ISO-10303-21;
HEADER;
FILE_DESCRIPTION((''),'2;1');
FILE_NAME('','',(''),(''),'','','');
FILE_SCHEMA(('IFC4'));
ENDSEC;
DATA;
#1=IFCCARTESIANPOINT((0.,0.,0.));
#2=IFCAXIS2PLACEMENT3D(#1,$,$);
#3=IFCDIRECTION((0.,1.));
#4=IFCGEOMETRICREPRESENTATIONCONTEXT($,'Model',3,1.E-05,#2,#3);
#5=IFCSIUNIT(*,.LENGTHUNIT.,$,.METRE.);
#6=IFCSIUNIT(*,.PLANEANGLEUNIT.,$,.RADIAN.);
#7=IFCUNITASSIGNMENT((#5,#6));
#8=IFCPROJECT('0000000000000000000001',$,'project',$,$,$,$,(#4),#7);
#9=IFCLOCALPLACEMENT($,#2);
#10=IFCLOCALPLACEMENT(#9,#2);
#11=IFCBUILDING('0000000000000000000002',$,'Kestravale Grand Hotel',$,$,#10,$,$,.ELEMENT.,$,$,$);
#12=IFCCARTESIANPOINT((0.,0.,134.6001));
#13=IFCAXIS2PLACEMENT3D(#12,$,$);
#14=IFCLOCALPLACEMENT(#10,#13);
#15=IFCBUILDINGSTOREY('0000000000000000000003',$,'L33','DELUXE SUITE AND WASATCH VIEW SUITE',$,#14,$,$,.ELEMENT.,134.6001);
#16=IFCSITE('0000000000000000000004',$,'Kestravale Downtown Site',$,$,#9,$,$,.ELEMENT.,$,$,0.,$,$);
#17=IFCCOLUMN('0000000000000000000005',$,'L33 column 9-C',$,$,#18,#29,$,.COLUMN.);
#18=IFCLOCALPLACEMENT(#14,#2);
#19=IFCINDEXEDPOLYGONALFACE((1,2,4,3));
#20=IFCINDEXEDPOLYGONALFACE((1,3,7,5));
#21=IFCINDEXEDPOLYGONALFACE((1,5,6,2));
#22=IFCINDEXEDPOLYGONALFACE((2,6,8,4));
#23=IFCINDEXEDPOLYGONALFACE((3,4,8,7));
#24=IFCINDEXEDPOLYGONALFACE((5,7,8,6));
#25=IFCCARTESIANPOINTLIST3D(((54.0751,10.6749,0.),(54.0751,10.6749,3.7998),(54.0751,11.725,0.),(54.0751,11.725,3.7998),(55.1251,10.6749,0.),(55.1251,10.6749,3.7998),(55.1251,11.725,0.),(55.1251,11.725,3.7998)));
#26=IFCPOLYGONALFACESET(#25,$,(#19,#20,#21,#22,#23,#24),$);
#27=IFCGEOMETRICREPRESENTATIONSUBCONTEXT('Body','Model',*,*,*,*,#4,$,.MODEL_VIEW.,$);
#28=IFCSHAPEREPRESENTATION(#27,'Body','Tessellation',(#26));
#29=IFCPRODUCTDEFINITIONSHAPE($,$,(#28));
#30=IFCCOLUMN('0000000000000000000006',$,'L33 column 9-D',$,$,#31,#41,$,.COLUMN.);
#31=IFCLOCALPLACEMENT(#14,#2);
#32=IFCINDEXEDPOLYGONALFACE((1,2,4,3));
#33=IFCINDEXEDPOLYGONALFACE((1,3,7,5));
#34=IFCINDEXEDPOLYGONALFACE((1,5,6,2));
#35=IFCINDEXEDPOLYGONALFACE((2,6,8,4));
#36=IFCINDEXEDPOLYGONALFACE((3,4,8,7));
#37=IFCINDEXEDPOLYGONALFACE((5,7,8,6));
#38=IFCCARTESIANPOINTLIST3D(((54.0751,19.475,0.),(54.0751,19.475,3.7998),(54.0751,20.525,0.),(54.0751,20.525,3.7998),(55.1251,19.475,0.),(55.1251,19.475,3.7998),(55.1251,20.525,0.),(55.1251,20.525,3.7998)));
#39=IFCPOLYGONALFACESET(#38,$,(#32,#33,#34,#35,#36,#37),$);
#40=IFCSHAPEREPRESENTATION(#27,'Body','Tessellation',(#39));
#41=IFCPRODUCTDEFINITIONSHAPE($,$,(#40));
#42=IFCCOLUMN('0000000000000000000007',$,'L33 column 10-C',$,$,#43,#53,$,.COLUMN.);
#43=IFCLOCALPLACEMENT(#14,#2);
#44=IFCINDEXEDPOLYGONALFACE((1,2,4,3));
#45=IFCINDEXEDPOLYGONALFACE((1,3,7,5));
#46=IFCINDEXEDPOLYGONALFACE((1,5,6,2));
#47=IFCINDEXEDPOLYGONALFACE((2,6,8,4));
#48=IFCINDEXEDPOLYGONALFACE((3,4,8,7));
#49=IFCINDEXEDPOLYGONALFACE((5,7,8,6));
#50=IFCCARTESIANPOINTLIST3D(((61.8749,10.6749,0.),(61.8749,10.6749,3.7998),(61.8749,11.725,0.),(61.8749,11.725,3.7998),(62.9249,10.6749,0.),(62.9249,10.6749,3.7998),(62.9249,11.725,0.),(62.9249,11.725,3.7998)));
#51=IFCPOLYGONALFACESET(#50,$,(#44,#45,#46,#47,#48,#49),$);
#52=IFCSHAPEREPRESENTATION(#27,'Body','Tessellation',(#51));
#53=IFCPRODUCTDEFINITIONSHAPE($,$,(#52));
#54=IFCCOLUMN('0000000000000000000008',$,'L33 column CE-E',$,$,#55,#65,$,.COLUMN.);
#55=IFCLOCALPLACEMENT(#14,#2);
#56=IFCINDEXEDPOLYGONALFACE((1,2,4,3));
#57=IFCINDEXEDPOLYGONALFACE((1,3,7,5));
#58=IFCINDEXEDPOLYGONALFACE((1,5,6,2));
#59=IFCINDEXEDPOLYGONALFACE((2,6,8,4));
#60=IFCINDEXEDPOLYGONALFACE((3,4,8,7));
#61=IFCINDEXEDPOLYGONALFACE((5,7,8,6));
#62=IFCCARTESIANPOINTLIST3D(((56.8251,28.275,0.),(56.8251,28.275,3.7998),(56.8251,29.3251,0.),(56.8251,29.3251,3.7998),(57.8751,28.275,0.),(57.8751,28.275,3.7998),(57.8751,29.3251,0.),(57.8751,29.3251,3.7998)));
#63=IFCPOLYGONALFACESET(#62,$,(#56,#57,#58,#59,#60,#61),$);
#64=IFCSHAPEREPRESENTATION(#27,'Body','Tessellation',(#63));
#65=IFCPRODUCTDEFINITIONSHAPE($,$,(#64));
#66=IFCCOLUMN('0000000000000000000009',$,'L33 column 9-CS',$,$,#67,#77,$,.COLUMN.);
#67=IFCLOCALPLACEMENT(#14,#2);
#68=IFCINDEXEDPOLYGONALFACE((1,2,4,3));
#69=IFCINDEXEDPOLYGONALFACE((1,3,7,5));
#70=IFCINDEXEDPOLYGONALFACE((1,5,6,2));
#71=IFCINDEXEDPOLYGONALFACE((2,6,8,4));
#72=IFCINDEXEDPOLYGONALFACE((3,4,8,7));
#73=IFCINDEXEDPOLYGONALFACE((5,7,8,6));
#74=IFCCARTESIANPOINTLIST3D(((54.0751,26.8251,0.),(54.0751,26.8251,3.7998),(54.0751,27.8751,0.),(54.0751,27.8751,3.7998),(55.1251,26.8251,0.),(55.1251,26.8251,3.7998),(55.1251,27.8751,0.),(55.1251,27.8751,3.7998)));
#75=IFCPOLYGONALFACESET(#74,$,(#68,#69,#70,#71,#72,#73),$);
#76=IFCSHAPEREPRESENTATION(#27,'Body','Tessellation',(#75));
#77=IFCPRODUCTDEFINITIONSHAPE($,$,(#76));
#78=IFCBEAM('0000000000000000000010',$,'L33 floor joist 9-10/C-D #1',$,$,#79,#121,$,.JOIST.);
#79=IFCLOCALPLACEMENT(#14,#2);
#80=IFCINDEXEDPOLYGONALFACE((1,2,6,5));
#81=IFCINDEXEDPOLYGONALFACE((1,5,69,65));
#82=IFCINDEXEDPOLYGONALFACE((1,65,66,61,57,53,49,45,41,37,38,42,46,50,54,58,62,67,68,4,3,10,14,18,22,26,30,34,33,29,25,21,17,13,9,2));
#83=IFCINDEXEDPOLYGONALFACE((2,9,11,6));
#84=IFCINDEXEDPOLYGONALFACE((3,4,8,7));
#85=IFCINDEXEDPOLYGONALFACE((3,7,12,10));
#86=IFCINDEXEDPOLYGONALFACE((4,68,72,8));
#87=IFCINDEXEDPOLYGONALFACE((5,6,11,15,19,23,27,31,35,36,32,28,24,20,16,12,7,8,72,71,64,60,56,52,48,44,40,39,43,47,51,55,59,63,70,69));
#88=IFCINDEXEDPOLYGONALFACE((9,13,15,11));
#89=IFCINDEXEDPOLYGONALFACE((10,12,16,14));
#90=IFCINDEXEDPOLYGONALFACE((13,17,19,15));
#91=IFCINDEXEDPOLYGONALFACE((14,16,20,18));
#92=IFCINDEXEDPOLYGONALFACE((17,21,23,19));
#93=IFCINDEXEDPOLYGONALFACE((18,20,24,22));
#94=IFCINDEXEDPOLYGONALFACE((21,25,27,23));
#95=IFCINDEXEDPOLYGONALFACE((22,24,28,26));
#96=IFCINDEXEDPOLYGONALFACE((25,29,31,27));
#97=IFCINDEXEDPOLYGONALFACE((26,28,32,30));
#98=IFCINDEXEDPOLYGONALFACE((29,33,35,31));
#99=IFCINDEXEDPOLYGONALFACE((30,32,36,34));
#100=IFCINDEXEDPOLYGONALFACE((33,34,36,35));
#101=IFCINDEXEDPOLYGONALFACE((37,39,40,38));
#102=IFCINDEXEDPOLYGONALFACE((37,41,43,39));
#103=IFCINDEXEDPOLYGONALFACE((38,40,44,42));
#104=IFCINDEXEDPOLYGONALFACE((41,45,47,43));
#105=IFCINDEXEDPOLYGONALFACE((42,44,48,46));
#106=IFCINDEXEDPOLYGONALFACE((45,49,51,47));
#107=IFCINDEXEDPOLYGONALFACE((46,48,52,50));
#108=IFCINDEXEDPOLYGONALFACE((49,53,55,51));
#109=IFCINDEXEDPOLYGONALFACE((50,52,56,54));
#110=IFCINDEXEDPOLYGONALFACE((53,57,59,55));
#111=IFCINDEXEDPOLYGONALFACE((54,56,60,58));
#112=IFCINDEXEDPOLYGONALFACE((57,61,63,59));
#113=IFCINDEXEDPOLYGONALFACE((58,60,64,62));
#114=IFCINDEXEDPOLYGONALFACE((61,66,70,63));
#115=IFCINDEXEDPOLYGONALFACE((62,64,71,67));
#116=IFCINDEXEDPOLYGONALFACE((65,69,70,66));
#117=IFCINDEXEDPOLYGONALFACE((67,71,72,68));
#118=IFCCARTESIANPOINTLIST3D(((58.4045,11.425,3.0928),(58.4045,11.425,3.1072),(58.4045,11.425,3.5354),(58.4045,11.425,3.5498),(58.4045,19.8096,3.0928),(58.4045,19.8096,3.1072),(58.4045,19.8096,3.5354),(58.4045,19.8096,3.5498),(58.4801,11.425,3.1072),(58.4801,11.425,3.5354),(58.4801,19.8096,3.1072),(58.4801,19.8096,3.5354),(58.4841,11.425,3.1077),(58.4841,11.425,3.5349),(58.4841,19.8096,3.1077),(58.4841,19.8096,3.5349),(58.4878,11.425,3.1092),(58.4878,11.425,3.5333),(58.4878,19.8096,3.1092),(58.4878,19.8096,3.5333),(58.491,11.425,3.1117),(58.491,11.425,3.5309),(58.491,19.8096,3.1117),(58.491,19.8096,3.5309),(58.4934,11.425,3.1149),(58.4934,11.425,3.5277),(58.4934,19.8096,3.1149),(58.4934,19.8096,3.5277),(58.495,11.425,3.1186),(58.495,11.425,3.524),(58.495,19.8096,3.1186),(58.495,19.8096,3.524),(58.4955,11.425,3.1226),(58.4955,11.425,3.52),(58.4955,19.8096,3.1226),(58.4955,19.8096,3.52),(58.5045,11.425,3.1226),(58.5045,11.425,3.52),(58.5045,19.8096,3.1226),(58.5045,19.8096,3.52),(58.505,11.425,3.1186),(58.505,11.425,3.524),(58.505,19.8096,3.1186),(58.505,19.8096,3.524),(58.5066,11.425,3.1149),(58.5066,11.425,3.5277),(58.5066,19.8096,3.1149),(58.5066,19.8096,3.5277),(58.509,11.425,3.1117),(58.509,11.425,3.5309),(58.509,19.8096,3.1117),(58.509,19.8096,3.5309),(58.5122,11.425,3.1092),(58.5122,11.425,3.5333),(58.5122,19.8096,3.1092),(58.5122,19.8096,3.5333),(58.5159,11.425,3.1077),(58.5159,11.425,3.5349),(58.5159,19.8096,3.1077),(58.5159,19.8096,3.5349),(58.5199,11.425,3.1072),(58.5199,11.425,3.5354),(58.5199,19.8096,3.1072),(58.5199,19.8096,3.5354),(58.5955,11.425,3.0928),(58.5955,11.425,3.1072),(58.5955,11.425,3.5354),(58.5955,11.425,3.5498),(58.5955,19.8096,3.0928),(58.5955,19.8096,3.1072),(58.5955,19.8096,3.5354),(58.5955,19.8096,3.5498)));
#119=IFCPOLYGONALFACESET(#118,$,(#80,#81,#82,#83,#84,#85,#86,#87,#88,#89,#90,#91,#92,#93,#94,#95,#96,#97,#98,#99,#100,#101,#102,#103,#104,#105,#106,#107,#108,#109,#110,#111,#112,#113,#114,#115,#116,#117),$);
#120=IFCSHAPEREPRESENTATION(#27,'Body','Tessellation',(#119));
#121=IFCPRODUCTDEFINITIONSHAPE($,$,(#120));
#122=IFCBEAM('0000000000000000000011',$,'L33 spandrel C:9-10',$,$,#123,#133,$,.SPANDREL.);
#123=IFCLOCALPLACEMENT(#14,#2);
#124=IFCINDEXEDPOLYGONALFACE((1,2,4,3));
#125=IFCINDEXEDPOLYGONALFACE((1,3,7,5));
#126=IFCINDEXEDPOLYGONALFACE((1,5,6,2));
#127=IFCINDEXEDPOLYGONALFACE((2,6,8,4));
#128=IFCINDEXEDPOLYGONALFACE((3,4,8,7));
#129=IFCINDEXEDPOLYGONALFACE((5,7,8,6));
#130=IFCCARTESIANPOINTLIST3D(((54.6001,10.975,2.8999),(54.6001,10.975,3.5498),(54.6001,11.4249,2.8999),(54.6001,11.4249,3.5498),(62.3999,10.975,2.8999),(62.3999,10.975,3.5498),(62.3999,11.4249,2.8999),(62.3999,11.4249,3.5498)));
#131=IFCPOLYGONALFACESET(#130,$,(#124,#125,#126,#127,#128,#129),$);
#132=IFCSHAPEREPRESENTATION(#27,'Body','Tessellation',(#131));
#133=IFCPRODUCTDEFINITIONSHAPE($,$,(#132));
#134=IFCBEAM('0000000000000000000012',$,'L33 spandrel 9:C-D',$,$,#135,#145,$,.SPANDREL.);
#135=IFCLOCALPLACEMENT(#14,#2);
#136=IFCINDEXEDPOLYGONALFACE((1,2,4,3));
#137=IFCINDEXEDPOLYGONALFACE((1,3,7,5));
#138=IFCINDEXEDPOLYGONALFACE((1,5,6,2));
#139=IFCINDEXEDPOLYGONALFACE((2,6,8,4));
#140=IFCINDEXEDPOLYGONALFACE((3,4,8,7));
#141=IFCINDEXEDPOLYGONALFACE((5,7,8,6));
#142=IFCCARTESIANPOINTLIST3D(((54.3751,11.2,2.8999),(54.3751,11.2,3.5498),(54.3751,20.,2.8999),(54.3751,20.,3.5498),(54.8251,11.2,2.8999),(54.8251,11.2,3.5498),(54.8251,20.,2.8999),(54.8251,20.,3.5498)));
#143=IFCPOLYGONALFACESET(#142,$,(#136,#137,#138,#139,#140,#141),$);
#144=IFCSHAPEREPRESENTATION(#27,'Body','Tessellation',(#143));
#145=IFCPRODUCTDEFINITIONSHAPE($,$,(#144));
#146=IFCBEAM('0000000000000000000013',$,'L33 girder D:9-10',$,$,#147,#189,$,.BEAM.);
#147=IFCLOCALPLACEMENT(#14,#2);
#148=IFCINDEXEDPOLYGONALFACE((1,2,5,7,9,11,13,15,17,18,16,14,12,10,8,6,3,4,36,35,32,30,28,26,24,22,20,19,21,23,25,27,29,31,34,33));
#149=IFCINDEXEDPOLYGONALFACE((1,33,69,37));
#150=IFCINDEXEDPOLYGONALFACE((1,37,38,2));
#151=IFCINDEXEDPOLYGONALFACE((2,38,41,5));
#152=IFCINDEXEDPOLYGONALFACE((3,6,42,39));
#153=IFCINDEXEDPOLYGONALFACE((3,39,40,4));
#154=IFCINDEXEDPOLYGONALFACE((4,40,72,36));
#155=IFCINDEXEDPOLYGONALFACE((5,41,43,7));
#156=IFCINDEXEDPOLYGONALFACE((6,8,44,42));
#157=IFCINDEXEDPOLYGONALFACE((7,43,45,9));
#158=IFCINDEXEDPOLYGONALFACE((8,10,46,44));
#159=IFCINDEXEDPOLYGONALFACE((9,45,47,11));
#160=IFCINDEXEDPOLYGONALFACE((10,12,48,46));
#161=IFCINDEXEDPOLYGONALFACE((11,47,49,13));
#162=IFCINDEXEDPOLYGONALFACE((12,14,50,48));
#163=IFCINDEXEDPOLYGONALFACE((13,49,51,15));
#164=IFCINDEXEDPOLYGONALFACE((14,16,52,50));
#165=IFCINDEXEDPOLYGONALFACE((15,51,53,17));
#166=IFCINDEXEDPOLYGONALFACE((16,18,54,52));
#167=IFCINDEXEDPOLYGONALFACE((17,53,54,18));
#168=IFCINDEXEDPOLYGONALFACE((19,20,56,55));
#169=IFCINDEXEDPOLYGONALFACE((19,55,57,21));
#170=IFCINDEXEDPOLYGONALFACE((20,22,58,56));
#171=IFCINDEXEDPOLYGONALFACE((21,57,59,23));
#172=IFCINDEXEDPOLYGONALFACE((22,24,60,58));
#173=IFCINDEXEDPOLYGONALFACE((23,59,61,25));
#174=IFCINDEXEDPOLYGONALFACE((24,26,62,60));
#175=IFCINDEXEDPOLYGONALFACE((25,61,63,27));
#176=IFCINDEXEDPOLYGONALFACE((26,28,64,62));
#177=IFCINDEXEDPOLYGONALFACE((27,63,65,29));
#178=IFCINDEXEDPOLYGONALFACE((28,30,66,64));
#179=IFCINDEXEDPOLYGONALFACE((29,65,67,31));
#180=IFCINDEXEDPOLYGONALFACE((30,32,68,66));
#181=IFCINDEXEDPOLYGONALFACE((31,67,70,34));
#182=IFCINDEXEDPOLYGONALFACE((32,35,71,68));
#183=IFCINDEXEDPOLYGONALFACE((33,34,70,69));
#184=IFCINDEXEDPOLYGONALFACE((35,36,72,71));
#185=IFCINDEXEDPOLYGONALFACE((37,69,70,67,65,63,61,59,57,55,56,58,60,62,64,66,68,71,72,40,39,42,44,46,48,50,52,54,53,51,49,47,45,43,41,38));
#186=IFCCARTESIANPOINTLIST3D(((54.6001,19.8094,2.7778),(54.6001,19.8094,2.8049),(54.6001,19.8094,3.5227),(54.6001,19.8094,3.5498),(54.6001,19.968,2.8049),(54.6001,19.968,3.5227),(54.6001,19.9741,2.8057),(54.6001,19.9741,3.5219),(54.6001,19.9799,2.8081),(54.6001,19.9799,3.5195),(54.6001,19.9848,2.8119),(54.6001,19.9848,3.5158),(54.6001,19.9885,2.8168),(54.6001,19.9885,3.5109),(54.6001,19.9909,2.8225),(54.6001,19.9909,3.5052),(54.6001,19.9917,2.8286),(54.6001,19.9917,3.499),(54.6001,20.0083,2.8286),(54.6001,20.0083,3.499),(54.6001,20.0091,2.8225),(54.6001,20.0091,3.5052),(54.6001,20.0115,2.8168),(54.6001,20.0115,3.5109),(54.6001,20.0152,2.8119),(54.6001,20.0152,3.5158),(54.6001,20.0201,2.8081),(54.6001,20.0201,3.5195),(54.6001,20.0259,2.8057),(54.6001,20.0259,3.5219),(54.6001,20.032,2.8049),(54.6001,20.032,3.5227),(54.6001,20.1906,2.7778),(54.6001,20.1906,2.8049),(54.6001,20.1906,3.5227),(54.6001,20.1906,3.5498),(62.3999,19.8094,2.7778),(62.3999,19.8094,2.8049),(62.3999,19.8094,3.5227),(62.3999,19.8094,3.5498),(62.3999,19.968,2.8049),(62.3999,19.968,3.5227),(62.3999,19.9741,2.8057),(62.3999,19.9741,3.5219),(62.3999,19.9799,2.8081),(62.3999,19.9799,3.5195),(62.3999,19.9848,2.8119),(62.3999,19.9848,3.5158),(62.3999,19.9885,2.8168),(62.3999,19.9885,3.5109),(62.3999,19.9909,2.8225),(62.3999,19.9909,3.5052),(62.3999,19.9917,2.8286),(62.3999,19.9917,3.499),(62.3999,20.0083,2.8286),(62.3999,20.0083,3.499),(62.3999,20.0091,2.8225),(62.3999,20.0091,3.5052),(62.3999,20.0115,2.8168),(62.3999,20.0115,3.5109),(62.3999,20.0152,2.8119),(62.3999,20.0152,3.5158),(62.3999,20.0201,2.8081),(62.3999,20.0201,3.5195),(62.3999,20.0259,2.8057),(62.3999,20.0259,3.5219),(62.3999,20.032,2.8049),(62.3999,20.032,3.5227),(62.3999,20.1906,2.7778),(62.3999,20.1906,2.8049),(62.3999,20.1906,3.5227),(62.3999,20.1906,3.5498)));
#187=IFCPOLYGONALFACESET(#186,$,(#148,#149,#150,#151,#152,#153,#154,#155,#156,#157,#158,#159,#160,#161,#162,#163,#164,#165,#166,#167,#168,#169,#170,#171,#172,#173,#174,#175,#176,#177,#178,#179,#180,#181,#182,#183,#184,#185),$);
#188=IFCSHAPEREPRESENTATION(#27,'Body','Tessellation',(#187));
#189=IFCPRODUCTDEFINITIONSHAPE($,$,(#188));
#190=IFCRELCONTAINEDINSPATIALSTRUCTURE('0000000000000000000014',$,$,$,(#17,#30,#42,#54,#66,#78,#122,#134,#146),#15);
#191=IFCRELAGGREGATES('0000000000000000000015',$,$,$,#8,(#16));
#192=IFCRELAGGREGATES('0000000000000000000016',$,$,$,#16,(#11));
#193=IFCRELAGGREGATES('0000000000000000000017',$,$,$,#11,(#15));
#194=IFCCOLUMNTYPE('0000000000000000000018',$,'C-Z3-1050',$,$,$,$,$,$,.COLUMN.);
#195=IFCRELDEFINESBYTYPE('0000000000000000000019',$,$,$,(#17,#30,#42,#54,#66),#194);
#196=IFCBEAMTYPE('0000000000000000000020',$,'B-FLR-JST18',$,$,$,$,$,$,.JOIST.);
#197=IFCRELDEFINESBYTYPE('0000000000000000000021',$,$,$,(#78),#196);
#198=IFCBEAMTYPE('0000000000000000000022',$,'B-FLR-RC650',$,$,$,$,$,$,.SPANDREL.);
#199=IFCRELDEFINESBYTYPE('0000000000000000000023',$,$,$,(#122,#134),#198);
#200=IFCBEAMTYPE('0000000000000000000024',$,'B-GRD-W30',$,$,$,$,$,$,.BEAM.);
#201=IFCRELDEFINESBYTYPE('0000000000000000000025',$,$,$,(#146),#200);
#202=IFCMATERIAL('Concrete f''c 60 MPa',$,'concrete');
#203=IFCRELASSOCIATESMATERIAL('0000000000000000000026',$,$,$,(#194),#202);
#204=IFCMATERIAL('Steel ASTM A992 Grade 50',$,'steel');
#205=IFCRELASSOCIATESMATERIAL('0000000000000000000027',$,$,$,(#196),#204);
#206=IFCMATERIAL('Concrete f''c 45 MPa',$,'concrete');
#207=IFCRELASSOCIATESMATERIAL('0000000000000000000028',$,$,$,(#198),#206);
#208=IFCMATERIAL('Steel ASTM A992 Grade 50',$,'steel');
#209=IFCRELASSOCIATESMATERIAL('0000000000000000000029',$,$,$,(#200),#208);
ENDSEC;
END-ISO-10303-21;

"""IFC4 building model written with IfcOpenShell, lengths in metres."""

from ifc_helpers import new_model, si_unit, direction, frame, origin, origin_2d, place, context, subcontext, project, spatial, rectangle, i_section, extrude, material, material_profile, profile_set, type_object, element, save


model = new_model("IFC4")

# Units and contexts
model_context = context("Model", 3, precision=1e-05, world=origin(), true_north=direction((0.0, 1.0)))
body_context = subcontext(model_context, "Body", "Model", "MODEL_VIEW")
ifc_project = project(units=[si_unit("LENGTHUNIT", "METRE"), si_unit("PLANEANGLEUNIT", "RADIAN")], contexts=[model_context])

# Site, building, storey
site_placement = place(None, origin())
site = spatial("IfcSite", under=ifc_project, at=site_placement, Name="Kestravale Downtown Site", CompositionType="ELEMENT", RefElevation=0.0)
building_placement = place(site_placement, origin())
building = spatial("IfcBuilding", under=site, at=building_placement, Name="Kestravale Grand Hotel", CompositionType="ELEMENT")
storey_placement = place(building_placement, frame((0.0, 0.0, 134.6001)))
storey = spatial("IfcBuildingStorey", under=building, at=storey_placement, Name="L33", Description="DELUXE SUITE AND WASATCH VIEW SUITE", CompositionType="ELEMENT", Elevation=134.6001)

# Columns
ifc_material_1 = material(Name="Concrete f'c 60 MPa", Category="concrete")
ifc_material_profile_1 = material_profile(ifc_material_1, rectangle(XDim=1.05, YDim=1.05, at=origin_2d()))
ifc_profile_set_1 = profile_set([ifc_material_profile_1], Name="Concrete f'c 60 MPa")
column_type = type_object("IfcColumnType", Name="C-Z3-1050", PredefinedType="COLUMN", material=ifc_profile_set_1)
for number, where, z_axis, x_axis, name in (
    (1, (54.6001, 11.2, 0.0), (0.0, 0.0, 1.0), (1.0, 0.0, 0.0), "L33 column 9-C"),
    (2, (54.6001, 20.0, 0.0), (0.0, 0.0, 1.0), (1.0, 0.0, 0.0), "L33 column 9-D"),
    (3, (62.3999, 11.2, 0.0), (0.0, 0.0, 1.0), (1.0, 0.0, 0.0), "L33 column 10-C"),
    (4, (57.3501, 28.8, 0.0), (0.0, 0.0, 1.0), (1.0, 0.0, 0.0), "L33 column CE-E"),
    (5, (54.6001, 27.3501, 0.0), (0.0, 0.0, 1.0), (1.0, 0.0, 0.0), "L33 column 9-CS"),
):
    element("IfcColumn", number, at=place(storey_placement, frame(where, z_axis=z_axis, x_axis=x_axis)), inside=storey, type_object=column_type, Name=name, PredefinedType="COLUMN", context=body_context, shape_type="SweptSolid", body=[
        extrude(rectangle(XDim=1.05, YDim=1.05, at=origin_2d()), origin(), (0.0, 0.0, 1.0), 3.7998),
    ])

# Beams
ifc_material_2 = material(Name="Steel ASTM A992 Grade 50", Category="steel")
ifc_material_profile_2 = material_profile(ifc_material_2, i_section(OverallWidth=0.1909, OverallDepth=0.457, WebThickness=0.009, FlangeThickness=0.0144, FilletRadius=0.0154, at=origin_2d()))
ifc_profile_set_2 = profile_set([ifc_material_profile_2], Name="Steel ASTM A992 Grade 50")
beam_type_1 = type_object("IfcBeamType", Name="B-FLR-JST18", PredefinedType="JOIST", material=ifc_profile_set_2)
beam_1_placement = place(storey_placement, frame((58.5, 11.425, 3.3213), z_axis=(0.0, 1.0, 0.0), x_axis=(-1.0, 0.0, 0.0)))
element("IfcBeam", 6, at=beam_1_placement, inside=storey, type_object=beam_type_1, Name="L33 floor joist 9-10/C-D #1", PredefinedType="JOIST", context=body_context, shape_type="SweptSolid", body=[
    extrude(i_section(OverallWidth=0.1909, OverallDepth=0.457, WebThickness=0.009, FlangeThickness=0.0144, FilletRadius=0.0154, at=origin_2d()), origin(), (0.0, 0.0, 1.0), 8.3845),
])
ifc_material_3 = material(Name="Concrete f'c 45 MPa", Category="concrete")
ifc_material_profile_3 = material_profile(ifc_material_3, rectangle(XDim=0.45, YDim=0.6499, at=origin_2d()))
ifc_profile_set_3 = profile_set([ifc_material_profile_3], Name="Concrete f'c 45 MPa")
beam_type_2 = type_object("IfcBeamType", Name="B-FLR-RC650", PredefinedType="SPANDREL", material=ifc_profile_set_3)
beam_2_placement = place(storey_placement, frame((54.6001, 11.2, 3.2249), z_axis=(1.0, 0.0, 0.0), x_axis=(0.0, 1.0, 0.0)))
element("IfcBeam", 7, at=beam_2_placement, inside=storey, type_object=beam_type_2, Name="L33 spandrel C:9-10", PredefinedType="SPANDREL", context=body_context, shape_type="SweptSolid", body=[
    extrude(rectangle(XDim=0.45, YDim=0.6499, at=origin_2d()), origin(), (0.0, 0.0, 1.0), 7.7998),
])
beam_3_placement = place(storey_placement, frame((54.6001, 11.2, 3.2249), z_axis=(0.0, 1.0, 0.0), x_axis=(-1.0, 0.0, 0.0)))
element("IfcBeam", 8, at=beam_3_placement, inside=storey, type_object=beam_type_2, Name="L33 spandrel 9:C-D", PredefinedType="SPANDREL", context=body_context, shape_type="SweptSolid", body=[
    extrude(rectangle(XDim=0.45, YDim=0.6499, at=origin_2d()), origin(), (0.0, 0.0, 1.0), 8.8),
])
ifc_material_4 = material(Name="Steel ASTM A992 Grade 50", Category="steel")
ifc_material_profile_4 = material_profile(ifc_material_4, i_section(OverallWidth=0.3811, OverallDepth=0.772, WebThickness=0.0166, FlangeThickness=0.0271, FilletRadius=0.0237, at=origin_2d()))
ifc_profile_set_4 = profile_set([ifc_material_profile_4], Name="Steel ASTM A992 Grade 50")
beam_type_3 = type_object("IfcBeamType", Name="B-GRD-W30", PredefinedType="BEAM", material=ifc_profile_set_4)
beam_4_placement = place(storey_placement, frame((54.6001, 20.0, 3.1638), z_axis=(1.0, 0.0, 0.0), x_axis=(0.0, 1.0, 0.0)))
element("IfcBeam", 9, at=beam_4_placement, inside=storey, type_object=beam_type_3, Name="L33 girder D:9-10", PredefinedType="BEAM", context=body_context, shape_type="SweptSolid", body=[
    extrude(i_section(OverallWidth=0.3811, OverallDepth=0.772, WebThickness=0.0166, FlangeThickness=0.0271, FilletRadius=0.0237, at=origin_2d()), origin(), (0.0, 0.0, 1.0), 7.7998),
])

save(model, "model.ifc")
